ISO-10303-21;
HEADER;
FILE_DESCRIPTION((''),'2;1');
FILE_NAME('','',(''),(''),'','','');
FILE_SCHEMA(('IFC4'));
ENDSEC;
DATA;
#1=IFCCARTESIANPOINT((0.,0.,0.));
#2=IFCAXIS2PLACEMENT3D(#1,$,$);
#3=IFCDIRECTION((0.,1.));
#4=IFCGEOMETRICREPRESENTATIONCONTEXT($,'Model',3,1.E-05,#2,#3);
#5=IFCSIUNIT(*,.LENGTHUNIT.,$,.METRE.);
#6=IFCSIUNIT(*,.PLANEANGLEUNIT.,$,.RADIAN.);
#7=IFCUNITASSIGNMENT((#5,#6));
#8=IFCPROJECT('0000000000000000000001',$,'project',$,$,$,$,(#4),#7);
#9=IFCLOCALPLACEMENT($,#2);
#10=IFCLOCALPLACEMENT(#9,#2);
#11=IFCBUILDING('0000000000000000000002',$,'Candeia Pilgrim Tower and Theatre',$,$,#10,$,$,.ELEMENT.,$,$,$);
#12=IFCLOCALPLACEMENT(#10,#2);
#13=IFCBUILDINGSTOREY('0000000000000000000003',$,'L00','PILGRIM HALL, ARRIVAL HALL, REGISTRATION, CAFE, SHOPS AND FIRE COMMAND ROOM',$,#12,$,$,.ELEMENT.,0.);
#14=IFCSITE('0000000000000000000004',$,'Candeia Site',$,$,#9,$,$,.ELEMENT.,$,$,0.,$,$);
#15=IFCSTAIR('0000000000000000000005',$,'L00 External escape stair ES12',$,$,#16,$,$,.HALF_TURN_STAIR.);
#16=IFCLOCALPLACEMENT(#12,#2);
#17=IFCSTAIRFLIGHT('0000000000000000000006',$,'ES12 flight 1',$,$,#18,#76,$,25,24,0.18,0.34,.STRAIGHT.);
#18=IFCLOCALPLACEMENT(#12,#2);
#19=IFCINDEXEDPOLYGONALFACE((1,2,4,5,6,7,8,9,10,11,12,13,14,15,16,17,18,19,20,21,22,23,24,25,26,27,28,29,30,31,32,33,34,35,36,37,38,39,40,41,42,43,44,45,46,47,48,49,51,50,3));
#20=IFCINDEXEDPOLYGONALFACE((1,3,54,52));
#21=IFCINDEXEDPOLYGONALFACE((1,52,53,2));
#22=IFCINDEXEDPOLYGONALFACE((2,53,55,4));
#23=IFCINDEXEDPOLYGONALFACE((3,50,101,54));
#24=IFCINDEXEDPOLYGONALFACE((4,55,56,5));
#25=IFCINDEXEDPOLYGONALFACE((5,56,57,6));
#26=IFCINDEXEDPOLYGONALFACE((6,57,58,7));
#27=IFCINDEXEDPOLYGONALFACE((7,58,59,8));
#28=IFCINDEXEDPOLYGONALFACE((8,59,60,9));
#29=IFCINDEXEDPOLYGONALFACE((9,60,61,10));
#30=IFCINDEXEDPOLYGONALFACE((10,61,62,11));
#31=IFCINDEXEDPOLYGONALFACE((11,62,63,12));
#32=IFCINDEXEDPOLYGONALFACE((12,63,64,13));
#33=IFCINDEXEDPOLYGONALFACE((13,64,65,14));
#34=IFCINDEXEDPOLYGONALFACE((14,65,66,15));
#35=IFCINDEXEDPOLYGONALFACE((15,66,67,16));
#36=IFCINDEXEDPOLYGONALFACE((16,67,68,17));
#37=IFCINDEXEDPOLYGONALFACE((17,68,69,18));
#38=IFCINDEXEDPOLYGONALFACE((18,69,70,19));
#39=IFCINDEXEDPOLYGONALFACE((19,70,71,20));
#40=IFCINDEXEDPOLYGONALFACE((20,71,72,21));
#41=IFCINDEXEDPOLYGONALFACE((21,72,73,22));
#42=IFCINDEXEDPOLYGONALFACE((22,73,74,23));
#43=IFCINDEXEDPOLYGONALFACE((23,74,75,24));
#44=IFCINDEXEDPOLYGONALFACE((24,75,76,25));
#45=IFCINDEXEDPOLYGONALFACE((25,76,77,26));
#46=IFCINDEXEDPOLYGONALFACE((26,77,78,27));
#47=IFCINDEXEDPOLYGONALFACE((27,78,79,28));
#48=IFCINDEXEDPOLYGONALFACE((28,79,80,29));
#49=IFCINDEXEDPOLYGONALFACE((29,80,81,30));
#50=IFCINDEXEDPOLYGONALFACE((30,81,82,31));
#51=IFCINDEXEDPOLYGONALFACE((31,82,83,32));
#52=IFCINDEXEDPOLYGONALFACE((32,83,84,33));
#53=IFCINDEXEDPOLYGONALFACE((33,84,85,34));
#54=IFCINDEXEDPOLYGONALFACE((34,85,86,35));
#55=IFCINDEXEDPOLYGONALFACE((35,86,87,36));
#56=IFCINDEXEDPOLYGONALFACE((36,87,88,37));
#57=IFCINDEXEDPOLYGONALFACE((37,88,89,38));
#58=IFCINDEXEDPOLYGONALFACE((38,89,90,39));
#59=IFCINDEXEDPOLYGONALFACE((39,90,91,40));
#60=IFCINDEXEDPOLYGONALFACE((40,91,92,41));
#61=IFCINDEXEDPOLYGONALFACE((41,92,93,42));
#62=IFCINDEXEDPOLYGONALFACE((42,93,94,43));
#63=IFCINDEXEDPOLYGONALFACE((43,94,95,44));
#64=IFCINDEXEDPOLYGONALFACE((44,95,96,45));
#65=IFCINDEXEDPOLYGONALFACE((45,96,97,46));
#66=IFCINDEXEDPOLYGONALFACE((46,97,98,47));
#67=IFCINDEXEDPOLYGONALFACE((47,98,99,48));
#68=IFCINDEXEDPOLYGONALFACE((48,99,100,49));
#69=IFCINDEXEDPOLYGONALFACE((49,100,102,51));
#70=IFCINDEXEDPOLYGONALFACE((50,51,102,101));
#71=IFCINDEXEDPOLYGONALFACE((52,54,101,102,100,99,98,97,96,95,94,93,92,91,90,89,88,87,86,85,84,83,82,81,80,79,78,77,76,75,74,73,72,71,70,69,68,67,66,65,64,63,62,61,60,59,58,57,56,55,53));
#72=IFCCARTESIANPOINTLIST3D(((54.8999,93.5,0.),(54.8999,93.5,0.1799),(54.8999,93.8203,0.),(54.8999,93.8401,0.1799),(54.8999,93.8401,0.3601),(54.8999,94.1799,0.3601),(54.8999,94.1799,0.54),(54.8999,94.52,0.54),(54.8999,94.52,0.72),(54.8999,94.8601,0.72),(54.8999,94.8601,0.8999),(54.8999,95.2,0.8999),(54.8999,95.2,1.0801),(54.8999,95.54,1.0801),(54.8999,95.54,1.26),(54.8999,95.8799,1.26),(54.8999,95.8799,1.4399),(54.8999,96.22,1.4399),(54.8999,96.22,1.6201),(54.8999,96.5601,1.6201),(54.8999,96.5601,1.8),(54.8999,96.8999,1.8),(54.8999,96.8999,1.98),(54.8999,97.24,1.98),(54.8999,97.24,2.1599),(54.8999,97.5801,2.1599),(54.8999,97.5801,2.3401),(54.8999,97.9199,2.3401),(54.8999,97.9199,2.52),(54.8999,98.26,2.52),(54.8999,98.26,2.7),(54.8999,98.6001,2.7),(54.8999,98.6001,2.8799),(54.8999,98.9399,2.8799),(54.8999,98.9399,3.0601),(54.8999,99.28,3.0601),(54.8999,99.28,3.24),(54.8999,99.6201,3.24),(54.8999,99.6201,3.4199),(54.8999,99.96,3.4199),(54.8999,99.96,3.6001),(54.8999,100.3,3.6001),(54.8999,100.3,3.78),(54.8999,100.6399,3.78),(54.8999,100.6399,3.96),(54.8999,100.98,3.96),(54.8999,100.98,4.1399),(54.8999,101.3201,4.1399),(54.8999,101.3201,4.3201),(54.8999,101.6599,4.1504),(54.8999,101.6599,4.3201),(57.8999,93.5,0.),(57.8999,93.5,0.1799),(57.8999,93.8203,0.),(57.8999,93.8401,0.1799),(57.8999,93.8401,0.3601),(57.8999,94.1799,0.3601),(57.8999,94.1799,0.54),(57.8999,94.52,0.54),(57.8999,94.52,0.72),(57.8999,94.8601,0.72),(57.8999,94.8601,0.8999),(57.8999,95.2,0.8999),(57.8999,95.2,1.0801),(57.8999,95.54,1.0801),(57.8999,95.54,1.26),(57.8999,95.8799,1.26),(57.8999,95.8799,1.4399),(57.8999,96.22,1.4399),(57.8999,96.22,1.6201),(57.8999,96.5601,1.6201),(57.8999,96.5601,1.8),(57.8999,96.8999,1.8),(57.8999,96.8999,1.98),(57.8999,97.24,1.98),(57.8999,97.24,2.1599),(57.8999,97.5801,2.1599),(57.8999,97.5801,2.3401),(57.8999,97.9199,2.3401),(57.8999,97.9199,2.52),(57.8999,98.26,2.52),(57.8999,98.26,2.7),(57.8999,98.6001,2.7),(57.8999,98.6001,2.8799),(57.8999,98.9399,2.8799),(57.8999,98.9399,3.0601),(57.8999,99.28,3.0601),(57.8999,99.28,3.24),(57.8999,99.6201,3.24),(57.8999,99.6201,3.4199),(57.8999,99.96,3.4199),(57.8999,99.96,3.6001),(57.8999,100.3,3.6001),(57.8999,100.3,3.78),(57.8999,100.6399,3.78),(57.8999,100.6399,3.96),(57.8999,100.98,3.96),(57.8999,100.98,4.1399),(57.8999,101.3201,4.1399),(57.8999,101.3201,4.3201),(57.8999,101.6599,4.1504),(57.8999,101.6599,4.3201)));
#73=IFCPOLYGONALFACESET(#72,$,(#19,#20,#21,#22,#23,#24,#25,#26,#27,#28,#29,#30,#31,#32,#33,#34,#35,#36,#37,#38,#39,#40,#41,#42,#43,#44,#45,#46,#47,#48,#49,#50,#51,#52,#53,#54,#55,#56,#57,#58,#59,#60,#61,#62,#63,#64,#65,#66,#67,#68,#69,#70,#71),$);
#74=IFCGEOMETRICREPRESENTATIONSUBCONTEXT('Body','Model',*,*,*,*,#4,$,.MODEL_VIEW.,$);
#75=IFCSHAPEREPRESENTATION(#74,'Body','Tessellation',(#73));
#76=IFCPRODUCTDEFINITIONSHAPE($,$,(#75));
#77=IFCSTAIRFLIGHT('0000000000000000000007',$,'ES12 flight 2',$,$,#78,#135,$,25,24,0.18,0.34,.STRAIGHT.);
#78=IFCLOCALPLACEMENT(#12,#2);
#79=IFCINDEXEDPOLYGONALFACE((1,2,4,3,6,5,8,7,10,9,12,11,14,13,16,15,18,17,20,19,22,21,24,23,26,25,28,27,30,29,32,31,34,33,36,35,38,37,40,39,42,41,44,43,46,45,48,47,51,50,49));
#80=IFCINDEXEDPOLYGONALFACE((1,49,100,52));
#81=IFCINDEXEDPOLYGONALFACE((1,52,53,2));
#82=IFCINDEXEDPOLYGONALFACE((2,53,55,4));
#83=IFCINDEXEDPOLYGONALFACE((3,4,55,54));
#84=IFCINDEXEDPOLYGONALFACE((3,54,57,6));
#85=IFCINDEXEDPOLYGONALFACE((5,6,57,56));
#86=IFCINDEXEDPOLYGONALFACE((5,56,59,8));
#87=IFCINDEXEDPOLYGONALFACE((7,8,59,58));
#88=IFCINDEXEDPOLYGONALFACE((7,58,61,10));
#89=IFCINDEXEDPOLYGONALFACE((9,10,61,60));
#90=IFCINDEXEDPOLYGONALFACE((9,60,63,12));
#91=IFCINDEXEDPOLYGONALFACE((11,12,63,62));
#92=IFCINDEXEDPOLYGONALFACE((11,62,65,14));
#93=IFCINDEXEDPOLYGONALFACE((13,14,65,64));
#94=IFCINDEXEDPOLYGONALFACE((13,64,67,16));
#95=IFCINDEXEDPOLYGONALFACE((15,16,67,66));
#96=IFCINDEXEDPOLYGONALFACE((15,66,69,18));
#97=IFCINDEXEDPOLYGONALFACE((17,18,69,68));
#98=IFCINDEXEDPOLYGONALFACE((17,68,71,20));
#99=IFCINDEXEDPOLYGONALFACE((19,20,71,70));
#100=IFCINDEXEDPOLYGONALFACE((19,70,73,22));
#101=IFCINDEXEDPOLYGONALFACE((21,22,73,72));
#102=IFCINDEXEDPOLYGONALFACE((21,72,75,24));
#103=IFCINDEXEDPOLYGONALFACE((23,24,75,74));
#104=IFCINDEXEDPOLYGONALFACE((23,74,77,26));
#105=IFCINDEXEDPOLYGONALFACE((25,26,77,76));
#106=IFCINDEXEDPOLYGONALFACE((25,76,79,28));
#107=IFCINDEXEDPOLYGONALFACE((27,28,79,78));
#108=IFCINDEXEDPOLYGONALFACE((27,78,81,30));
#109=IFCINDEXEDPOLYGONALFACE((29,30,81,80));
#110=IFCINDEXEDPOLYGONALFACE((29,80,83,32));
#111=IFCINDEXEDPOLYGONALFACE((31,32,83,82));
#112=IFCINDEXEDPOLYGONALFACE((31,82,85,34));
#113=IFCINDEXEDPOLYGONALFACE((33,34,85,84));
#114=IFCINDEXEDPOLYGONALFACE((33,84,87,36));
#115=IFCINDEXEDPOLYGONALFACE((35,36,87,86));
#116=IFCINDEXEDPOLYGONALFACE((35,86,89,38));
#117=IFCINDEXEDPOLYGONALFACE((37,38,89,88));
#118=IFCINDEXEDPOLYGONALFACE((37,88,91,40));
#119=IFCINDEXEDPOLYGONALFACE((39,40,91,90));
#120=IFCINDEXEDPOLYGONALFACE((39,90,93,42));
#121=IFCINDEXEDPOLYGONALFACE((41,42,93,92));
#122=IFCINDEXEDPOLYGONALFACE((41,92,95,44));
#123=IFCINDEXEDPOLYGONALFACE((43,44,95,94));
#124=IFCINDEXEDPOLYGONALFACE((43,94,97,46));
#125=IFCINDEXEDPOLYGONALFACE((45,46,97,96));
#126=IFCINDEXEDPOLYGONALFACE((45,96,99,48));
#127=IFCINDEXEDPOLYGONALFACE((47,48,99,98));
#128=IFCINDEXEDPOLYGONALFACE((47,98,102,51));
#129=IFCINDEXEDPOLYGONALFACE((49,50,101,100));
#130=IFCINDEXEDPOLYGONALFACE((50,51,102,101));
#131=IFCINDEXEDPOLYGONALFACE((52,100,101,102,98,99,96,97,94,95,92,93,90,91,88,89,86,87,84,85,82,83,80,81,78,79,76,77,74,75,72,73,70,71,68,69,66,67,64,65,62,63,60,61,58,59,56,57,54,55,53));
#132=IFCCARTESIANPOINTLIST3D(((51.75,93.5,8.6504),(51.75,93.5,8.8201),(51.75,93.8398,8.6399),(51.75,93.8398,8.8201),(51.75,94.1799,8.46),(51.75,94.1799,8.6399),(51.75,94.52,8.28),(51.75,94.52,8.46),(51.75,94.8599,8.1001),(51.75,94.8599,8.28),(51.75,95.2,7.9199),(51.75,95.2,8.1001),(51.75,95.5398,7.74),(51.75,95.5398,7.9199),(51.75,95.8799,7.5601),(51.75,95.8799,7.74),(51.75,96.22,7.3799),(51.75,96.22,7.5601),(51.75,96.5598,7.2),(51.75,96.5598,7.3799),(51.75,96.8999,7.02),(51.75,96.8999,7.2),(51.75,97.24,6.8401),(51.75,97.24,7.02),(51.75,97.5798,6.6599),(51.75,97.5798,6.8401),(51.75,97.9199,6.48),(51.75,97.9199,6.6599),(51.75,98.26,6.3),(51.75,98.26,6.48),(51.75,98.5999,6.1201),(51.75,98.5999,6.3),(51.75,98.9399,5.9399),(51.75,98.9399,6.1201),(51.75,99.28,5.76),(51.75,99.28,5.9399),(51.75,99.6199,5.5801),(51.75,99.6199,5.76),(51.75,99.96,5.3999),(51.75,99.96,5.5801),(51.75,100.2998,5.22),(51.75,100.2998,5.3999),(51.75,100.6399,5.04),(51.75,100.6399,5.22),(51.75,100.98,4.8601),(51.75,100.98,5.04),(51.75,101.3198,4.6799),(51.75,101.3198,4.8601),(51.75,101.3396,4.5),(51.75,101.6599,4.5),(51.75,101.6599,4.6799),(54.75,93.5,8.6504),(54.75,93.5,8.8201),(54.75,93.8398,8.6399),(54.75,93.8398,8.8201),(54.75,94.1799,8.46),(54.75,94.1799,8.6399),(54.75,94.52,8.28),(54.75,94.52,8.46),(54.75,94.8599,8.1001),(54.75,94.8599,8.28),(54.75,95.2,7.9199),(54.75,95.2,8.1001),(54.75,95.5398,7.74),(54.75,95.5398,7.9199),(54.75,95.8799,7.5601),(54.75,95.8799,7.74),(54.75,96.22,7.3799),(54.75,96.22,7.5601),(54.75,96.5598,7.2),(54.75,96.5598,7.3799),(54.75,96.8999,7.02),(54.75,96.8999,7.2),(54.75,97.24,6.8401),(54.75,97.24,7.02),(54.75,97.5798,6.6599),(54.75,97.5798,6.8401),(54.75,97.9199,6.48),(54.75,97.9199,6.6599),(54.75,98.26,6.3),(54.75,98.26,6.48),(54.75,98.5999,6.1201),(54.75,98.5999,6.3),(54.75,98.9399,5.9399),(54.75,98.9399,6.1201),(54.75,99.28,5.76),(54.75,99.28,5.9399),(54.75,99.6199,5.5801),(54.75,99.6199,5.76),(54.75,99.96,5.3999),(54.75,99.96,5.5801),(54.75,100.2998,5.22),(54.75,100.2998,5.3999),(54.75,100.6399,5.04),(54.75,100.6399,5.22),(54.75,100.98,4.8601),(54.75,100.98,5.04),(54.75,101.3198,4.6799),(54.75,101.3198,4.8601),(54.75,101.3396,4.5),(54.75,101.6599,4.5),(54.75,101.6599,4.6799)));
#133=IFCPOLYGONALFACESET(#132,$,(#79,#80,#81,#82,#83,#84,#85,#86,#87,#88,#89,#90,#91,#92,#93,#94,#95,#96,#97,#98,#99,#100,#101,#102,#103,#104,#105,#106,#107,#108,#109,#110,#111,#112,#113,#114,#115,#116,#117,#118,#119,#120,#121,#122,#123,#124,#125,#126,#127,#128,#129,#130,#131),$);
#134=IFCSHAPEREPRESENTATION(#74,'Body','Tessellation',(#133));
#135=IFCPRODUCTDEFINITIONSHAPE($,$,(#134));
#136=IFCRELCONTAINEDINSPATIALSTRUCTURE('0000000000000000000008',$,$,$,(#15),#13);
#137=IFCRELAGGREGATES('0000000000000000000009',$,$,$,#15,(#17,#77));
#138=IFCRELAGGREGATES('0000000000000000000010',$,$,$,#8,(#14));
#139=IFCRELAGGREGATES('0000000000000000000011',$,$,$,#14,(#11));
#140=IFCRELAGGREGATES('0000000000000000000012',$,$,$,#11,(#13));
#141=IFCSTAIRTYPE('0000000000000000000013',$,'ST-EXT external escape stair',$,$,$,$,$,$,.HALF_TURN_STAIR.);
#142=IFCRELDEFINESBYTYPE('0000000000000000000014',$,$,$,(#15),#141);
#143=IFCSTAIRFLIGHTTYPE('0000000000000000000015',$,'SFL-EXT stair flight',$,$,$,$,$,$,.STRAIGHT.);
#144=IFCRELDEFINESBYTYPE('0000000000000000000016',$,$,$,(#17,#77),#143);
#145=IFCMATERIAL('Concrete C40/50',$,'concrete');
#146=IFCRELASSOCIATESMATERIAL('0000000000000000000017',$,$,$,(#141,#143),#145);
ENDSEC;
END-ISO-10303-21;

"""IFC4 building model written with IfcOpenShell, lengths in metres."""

from ifc_helpers import new_model, si_unit, direction, frame, origin, place, context, subcontext, project, spatial, polyline, outline, extrude, material, type_object, element, aggregate, save


model = new_model("IFC4")

# Units and contexts
model_context = context("Model", 3, precision=1e-05, world=origin(), true_north=direction((0.0, 1.0)))
body_context = subcontext(model_context, "Body", "Model", "MODEL_VIEW")
ifc_project = project(units=[si_unit("LENGTHUNIT", "METRE"), si_unit("PLANEANGLEUNIT", "RADIAN")], contexts=[model_context])

# Site, building, storey
site_placement = place(None, origin())
site = spatial("IfcSite", under=ifc_project, at=site_placement, Name="Candeia Site", CompositionType="ELEMENT", RefElevation=0.0)
building_placement = place(site_placement, origin())
building = spatial("IfcBuilding", under=site, at=building_placement, Name="Candeia Pilgrim Tower and Theatre", CompositionType="ELEMENT")
storey_placement = place(building_placement, origin())
storey = spatial("IfcBuildingStorey", under=building, at=storey_placement, Name="L00", Description="PILGRIM HALL, ARRIVAL HALL, REGISTRATION, CAFE, SHOPS AND FIRE COMMAND ROOM", CompositionType="ELEMENT", Elevation=0.0)

# Shared definitions
ifc_material_1 = material(Name="Concrete C40/50", Category="concrete")

# Shared definitions
stair_type = type_object("IfcStairType", Name="ST-EXT external escape stair", PredefinedType="HALF_TURN_STAIR", material=ifc_material_1)
stair_flight_type = type_object("IfcStairFlightType", Name="SFL-EXT stair flight", PredefinedType="STRAIGHT", material=ifc_material_1)

# Stair, stair flights
stair_1_placement = place(storey_placement, origin())
stair_1 = element("IfcStair", 1, at=stair_1_placement, inside=storey, type_object=stair_type, Name="L00 External escape stair ES12", PredefinedType="HALF_TURN_STAIR")
stair_flight_1_placement = place(storey_placement, frame((56.3999, 93.5, 0.0), z_axis=(0.0, 0.0, 1.0), x_axis=(0.0, 1.0, 0.0)))
stair_flight_1 = element("IfcStairFlight", 2, at=stair_flight_1_placement, type_object=stair_flight_type, Name="ES12 flight 1", NumberOfRisers=25, NumberOfTreads=24, PredefinedType="STRAIGHT", RiserHeight=0.18, TreadLength=0.34, context=body_context, shape_type="SweptSolid", body=[
    extrude(outline(polyline([(0.0, 0.0), (0.0, 0.1799), (0.3401, 0.1799), (0.3401, 0.3601), (0.6799, 0.3601), (0.6799, 0.54), (1.02, 0.54), (1.02, 0.72), (1.3601, 0.72), (1.3601, 0.8999), (1.7, 0.8999), (1.7, 1.0801), (2.04, 1.0801), (2.04, 1.26), (2.3799, 1.26), (2.3799, 1.4399), (2.72, 1.4399), (2.72, 1.6201), (3.0601, 1.6201), (3.0601, 1.8), (3.3999, 1.8), (3.3999, 1.98), (3.74, 1.98), (3.74, 2.1599), (4.0801, 2.1599), (4.0801, 2.3401), (4.4199, 2.3401), (4.4199, 2.52), (4.76, 2.52), (4.76, 2.7), (5.1001, 2.7), (5.1001, 2.8799), (5.4399, 2.8799), (5.4399, 3.0601), (5.78, 3.0601), (5.78, 3.24), (6.1201, 3.24), (6.1201, 3.4199), (6.46, 3.4199), (6.46, 3.6001), (6.8, 3.6001), (6.8, 3.78), (7.1399, 3.78), (7.1399, 3.96), (7.48, 3.96), (7.48, 4.1399), (7.8201, 4.1399), (7.8201, 4.3201), (8.1599, 4.3201), (8.1599, 4.5), (8.1599, 4.1504), (0.3203, 0.0), (0.0, 0.0)])), frame((0.0, 1.5, 0.0), z_axis=(0.0, -1.0, 0.0), x_axis=(1.0, 0.0, 0.0)), (0.0, 0.0, 1.0), 3.0),
])
stair_flight_2_placement = place(storey_placement, frame((53.25, 101.6599, 4.5), z_axis=(0.0, 0.0, 1.0), x_axis=(0.0, -1.0, 0.0)))
stair_flight_2 = element("IfcStairFlight", 3, at=stair_flight_2_placement, type_object=stair_flight_type, Name="ES12 flight 2", NumberOfRisers=25, NumberOfTreads=24, PredefinedType="STRAIGHT", RiserHeight=0.18, TreadLength=0.34, context=body_context, shape_type="SweptSolid", body=[
    extrude(outline(polyline([(0.0, 0.0), (0.0, 0.1799), (0.3401, 0.1799), (0.3401, 0.3601), (0.6799, 0.3601), (0.6799, 0.54), (1.02, 0.54), (1.02, 0.72), (1.3601, 0.72), (1.3601, 0.8999), (1.7, 0.8999), (1.7, 1.0801), (2.04, 1.0801), (2.04, 1.26), (2.3799, 1.26), (2.3799, 1.4399), (2.72, 1.4399), (2.72, 1.6201), (3.0601, 1.6201), (3.0601, 1.8), (3.3999, 1.8), (3.3999, 1.98), (3.74, 1.98), (3.74, 2.1599), (4.0801, 2.1599), (4.0801, 2.3401), (4.4199, 2.3401), (4.4199, 2.52), (4.76, 2.52), (4.76, 2.7), (5.1001, 2.7), (5.1001, 2.8799), (5.4399, 2.8799), (5.4399, 3.0601), (5.78, 3.0601), (5.78, 3.24), (6.1201, 3.24), (6.1201, 3.4199), (6.46, 3.4199), (6.46, 3.6001), (6.8, 3.6001), (6.8, 3.78), (7.1399, 3.78), (7.1399, 3.96), (7.48, 3.96), (7.48, 4.1399), (7.8201, 4.1399), (7.8201, 4.3201), (8.1599, 4.3201), (8.1599, 4.5), (8.1599, 4.1504), (0.3203, 0.0), (0.0, 0.0)])), frame((0.0, 1.5, 0.0), z_axis=(0.0, -1.0, 0.0), x_axis=(1.0, 0.0, 0.0)), (0.0, 0.0, 1.0), 3.0),
])
aggregate(stair_1, [stair_flight_1, stair_flight_2])

save(model, "model.ifc")
